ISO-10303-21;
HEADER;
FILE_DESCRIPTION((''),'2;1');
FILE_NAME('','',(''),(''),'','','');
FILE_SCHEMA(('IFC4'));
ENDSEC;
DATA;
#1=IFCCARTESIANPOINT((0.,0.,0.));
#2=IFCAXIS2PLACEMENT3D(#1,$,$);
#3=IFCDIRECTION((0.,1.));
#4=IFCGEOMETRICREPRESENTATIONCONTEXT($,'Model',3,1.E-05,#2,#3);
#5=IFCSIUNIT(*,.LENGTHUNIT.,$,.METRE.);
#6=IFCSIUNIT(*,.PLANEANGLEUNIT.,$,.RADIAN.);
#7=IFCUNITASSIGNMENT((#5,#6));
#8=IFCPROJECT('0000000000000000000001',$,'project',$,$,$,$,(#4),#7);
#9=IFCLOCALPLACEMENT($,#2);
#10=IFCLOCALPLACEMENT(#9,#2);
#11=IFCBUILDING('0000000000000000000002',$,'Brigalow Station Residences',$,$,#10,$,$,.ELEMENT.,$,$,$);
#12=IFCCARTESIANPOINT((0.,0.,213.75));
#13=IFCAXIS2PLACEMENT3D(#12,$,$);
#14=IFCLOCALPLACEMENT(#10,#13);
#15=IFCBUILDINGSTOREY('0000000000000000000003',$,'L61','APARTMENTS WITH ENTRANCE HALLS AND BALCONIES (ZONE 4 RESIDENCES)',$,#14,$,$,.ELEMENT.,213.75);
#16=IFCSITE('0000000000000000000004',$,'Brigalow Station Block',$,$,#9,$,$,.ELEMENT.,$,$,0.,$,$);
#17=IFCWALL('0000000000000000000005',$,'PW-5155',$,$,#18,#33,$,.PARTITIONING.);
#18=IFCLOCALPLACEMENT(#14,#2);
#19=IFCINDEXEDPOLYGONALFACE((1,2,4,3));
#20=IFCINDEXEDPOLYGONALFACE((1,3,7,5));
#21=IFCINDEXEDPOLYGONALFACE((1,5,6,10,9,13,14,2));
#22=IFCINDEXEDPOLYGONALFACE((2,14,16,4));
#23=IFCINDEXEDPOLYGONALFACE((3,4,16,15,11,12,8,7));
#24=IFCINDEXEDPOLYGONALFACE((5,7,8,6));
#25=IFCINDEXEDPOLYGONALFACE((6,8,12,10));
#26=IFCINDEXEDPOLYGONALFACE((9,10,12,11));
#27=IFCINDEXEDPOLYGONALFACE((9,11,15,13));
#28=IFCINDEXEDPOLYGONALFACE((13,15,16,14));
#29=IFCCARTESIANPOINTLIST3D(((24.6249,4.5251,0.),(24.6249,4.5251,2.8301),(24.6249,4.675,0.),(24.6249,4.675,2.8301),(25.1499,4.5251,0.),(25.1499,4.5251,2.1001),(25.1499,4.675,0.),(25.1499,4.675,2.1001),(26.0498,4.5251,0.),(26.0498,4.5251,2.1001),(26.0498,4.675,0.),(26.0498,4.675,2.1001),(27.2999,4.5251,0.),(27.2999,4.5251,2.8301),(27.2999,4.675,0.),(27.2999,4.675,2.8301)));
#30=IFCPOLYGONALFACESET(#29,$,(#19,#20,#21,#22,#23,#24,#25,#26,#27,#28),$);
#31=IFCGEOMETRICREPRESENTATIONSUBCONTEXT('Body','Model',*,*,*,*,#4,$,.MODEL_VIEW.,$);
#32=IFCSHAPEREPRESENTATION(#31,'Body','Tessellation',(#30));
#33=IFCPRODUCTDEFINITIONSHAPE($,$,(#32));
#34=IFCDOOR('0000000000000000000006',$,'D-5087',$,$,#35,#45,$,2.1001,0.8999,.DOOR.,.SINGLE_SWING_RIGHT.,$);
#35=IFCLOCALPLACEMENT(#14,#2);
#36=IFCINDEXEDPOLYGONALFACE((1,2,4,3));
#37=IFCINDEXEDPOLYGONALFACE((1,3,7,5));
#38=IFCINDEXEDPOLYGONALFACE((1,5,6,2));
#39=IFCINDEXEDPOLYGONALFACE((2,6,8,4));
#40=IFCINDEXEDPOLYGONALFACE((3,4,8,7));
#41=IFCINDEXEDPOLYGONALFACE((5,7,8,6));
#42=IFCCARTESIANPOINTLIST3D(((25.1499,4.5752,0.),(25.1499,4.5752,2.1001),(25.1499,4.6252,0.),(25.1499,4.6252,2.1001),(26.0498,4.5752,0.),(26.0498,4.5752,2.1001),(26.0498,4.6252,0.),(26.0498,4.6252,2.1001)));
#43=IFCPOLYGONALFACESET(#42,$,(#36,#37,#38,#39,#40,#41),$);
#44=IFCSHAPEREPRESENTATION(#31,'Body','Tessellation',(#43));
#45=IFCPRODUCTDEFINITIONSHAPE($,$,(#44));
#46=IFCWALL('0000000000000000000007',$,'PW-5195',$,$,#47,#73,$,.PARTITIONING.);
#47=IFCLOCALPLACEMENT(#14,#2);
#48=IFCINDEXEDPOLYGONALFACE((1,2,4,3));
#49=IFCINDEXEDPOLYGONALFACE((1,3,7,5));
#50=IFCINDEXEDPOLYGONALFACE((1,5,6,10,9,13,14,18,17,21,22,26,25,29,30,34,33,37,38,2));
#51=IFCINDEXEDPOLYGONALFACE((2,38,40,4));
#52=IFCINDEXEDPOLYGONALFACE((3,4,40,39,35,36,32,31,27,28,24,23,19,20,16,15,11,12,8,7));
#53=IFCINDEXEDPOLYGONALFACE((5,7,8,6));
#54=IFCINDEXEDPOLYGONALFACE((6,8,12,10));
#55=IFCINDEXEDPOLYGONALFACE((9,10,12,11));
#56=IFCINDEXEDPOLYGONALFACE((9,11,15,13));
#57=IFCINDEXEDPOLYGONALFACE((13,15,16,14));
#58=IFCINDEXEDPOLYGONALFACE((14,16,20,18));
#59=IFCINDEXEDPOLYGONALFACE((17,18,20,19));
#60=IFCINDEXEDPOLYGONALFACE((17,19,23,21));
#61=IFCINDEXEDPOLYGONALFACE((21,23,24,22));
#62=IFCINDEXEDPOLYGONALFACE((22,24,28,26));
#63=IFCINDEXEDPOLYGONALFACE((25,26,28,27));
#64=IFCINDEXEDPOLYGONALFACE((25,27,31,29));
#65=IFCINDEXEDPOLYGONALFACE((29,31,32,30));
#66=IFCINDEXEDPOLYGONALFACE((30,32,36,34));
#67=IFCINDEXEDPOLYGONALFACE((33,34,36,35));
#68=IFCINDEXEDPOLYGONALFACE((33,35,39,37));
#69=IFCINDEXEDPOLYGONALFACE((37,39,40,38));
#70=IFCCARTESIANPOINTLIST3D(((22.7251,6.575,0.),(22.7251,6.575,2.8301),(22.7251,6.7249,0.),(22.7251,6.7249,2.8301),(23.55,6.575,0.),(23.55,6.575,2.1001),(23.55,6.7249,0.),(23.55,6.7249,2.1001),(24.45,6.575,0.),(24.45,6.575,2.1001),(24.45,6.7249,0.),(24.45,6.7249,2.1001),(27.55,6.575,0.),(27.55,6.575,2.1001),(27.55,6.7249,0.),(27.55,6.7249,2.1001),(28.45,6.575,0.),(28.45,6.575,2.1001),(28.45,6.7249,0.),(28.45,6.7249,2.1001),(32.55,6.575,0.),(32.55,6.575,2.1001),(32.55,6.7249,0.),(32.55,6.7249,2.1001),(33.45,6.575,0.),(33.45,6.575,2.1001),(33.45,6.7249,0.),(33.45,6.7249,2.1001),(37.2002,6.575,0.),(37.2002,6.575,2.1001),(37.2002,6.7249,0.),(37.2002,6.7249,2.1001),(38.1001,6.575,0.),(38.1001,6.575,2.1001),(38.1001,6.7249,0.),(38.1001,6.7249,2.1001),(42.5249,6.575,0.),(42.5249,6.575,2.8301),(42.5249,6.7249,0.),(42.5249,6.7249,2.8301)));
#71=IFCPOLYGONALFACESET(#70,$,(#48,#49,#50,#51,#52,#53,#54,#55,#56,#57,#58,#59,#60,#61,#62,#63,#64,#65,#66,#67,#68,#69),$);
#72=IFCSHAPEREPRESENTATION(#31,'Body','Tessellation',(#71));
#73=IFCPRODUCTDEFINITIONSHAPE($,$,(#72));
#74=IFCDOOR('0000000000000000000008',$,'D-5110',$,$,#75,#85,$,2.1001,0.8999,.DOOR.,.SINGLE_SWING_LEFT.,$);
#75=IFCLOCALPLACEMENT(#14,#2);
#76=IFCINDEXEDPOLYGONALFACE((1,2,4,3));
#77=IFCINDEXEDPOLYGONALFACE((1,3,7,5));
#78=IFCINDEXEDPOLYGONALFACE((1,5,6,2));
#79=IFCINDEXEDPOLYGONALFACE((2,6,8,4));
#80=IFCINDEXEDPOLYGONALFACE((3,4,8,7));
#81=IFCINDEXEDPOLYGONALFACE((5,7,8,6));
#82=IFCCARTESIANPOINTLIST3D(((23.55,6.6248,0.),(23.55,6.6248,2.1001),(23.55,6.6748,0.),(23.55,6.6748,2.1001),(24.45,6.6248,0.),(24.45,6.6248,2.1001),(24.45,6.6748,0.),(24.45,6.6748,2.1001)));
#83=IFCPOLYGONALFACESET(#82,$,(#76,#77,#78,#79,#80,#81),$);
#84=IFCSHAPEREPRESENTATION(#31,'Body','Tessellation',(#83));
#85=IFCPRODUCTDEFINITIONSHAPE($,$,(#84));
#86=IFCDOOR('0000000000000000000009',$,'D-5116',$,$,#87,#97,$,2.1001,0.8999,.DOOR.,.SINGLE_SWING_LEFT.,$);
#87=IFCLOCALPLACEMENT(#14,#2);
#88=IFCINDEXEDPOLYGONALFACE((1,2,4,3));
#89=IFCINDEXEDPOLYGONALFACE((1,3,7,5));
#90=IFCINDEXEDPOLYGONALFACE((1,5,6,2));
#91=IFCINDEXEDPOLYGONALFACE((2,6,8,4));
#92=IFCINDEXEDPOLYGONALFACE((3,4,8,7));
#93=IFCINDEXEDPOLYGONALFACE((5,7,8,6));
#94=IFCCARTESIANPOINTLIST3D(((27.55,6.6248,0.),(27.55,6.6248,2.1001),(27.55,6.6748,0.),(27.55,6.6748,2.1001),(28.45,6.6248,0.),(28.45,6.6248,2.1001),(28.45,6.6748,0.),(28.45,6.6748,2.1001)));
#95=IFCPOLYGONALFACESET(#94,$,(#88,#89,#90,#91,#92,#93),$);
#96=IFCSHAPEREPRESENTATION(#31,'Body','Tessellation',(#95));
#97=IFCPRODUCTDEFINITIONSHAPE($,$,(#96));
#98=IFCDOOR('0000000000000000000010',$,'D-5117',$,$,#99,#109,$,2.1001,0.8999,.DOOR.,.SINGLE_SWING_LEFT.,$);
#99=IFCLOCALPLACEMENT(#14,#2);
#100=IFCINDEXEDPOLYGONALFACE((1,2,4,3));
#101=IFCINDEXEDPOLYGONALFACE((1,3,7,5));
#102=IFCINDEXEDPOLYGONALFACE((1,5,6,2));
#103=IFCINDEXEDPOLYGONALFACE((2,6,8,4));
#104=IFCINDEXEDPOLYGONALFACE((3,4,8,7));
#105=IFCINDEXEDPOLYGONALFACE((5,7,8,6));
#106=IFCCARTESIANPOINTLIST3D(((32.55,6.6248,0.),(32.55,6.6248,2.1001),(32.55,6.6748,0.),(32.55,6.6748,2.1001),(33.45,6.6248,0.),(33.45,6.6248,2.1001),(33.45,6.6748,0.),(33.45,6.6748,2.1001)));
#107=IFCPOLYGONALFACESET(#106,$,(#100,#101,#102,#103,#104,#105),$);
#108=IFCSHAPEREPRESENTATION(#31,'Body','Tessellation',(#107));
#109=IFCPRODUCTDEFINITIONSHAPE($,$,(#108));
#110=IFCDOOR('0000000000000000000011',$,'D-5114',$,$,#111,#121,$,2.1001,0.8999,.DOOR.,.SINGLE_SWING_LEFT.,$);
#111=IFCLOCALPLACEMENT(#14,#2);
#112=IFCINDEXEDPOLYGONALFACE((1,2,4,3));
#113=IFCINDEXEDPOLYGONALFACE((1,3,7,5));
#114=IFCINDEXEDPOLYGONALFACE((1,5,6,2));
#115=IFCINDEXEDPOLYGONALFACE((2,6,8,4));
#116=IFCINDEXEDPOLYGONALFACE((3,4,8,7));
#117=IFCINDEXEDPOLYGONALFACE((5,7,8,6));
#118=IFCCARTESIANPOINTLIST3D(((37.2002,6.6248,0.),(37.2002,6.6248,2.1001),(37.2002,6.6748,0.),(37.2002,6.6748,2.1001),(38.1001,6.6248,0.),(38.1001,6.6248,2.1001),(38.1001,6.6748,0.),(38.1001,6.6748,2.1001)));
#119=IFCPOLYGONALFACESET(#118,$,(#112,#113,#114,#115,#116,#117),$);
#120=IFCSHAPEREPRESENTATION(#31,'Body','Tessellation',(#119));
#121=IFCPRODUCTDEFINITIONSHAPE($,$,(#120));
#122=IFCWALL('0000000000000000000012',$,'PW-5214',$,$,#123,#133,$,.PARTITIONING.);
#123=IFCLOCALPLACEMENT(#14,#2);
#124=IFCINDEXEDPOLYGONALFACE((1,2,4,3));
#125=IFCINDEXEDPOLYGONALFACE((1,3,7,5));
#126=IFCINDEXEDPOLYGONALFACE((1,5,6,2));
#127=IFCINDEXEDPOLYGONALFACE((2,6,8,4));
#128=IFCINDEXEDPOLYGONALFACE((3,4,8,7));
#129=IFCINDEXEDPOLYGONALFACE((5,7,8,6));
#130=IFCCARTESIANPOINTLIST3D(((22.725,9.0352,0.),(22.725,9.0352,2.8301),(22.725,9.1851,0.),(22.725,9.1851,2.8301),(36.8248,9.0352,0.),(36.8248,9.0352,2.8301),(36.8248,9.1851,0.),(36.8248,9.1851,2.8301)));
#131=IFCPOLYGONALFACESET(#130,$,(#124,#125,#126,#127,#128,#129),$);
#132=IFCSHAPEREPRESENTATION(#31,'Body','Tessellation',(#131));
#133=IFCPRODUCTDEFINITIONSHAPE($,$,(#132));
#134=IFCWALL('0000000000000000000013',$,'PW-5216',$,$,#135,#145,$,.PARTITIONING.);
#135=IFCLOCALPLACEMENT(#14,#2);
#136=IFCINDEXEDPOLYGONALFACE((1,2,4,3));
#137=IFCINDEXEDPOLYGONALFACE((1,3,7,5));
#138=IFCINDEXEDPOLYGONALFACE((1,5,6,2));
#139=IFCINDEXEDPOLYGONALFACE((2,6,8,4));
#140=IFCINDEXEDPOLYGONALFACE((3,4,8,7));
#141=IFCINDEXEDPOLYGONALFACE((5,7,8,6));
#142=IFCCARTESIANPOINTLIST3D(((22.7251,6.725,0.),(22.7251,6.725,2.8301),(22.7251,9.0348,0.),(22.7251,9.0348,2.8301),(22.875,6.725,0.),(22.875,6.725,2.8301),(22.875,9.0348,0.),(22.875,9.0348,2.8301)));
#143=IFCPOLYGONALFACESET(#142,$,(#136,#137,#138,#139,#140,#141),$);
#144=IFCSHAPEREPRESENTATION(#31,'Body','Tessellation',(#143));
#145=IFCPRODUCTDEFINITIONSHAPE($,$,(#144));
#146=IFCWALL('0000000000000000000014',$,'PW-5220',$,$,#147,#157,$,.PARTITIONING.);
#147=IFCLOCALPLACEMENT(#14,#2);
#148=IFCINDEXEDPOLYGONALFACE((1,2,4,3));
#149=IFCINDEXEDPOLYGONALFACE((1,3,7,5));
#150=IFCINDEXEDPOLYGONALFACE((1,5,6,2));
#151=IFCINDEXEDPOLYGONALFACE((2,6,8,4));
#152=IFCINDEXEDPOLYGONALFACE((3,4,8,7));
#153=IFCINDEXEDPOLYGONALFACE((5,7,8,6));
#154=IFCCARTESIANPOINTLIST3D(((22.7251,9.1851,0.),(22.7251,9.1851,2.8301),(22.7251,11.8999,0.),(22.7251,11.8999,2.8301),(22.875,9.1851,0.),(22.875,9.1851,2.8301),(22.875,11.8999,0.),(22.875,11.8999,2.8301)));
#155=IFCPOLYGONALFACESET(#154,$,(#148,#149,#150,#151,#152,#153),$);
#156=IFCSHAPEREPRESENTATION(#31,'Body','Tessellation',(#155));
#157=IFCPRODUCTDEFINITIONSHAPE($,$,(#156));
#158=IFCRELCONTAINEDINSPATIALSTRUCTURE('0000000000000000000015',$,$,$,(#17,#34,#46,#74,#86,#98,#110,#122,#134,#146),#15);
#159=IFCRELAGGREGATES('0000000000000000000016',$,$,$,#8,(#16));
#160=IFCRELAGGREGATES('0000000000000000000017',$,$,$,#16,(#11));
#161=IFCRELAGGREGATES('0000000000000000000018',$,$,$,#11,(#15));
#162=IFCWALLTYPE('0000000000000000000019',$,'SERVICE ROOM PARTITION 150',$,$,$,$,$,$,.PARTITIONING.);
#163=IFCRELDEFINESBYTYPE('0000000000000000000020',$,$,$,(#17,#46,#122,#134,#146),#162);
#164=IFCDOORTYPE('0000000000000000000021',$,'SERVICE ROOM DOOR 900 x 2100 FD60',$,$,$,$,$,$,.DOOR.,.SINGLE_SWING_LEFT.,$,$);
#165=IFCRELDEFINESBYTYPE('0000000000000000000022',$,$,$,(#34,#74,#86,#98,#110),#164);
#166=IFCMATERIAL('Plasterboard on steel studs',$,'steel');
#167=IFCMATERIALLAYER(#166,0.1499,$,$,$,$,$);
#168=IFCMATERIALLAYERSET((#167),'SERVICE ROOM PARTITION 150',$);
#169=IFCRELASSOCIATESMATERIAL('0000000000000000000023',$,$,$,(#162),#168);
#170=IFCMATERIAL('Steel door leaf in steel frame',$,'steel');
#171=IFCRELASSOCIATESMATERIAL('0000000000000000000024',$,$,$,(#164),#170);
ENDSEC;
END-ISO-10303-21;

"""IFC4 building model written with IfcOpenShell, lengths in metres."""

from ifc_helpers import new_model, si_unit, direction, frame, frame_2d, origin, place, context, subcontext, project, spatial, rectangle, extrude, material, layer, layer_set, type_object, element, fill, save


model = new_model("IFC4")

# Units and contexts
model_context = context("Model", 3, precision=1e-05, world=origin(), true_north=direction((0.0, 1.0)))
body_context = subcontext(model_context, "Body", "Model", "MODEL_VIEW")
ifc_project = project(units=[si_unit("LENGTHUNIT", "METRE"), si_unit("PLANEANGLEUNIT", "RADIAN")], contexts=[model_context])

# Site, building, storey
site_placement = place(None, origin())
site = spatial("IfcSite", under=ifc_project, at=site_placement, Name="Brigalow Station Block", CompositionType="ELEMENT", RefElevation=0.0)
building_placement = place(site_placement, origin())
building = spatial("IfcBuilding", under=site, at=building_placement, Name="Brigalow Station Residences", CompositionType="ELEMENT")
storey_placement = place(building_placement, frame((0.0, 0.0, 213.75)))
storey = spatial("IfcBuildingStorey", under=building, at=storey_placement, Name="L61", Description="APARTMENTS WITH ENTRANCE HALLS AND BALCONIES (ZONE 4 RESIDENCES)", CompositionType="ELEMENT", Elevation=213.75)

# Wall, opening, door
ifc_material_1 = material(Name="Plasterboard on steel studs", Category="steel")
ifc_layer = layer(ifc_material_1, 0.1499)
ifc_layer_set = layer_set([ifc_layer], Name="SERVICE ROOM PARTITION 150")
wall_type = type_object("IfcWallType", Name="SERVICE ROOM PARTITION 150", PredefinedType="PARTITIONING", material=ifc_layer_set)
wall_1_placement = place(storey_placement, frame((24.625, 4.6001, 0.0), z_axis=(0.0, 0.0, 1.0), x_axis=(1.0, 0.0, 0.0)))
wall_1 = element("IfcWall", 1, at=wall_1_placement, inside=storey, type_object=wall_type, Name="PW-5155", PredefinedType="PARTITIONING", context=body_context, shape_type="SweptSolid", body=[
    extrude(rectangle(XDim=2.675, YDim=0.1499, at=frame_2d((1.3374, 0.0))), origin(), (0.0, 0.0, 1.0), 2.8301),
])
opening_1_placement = place(wall_1_placement, frame((0.5249, 0.0, 0.0)))
opening_1 = element("IfcOpeningElement", 2, at=opening_1_placement, cuts=wall_1, PredefinedType="OPENING", context=body_context, shape_type="SweptSolid", body=[
    extrude(rectangle(XDim=0.8999, YDim=2.1001, at=frame_2d((0.45, 1.05))), frame((0.0, 0.085, 0.0), z_axis=(0.0, -1.0, 0.0), x_axis=(1.0, 0.0, 0.0)), (0.0, 0.0, 1.0), 0.1699),
])
ifc_material_2 = material(Name="Steel door leaf in steel frame", Category="steel")
door_type = type_object("IfcDoorType", Name="SERVICE ROOM DOOR 900 x 2100 FD60", OperationType="SINGLE_SWING_LEFT", PredefinedType="DOOR", material=ifc_material_2)
door_1_placement = place(opening_1_placement, frame((0.8999, 0.0, 0.0), z_axis=(0.0, 0.0, 1.0), x_axis=(-1.0, 0.0, 0.0)))
door_1 = element("IfcDoor", 3, at=door_1_placement, inside=storey, type_object=door_type, Name="D-5087", OperationType="SINGLE_SWING_RIGHT", OverallHeight=2.1001, OverallWidth=0.8999, PredefinedType="DOOR", context=body_context, shape_type="SweptSolid", body=[
    extrude(rectangle(XDim=0.8999, YDim=2.1001, at=frame_2d((0.45, 1.05))), frame((0.0, 0.0249, 0.0), z_axis=(0.0, -1.0, 0.0), x_axis=(1.0, 0.0, 0.0)), (0.0, 0.0, 1.0), 0.05),
])
fill(opening_1, door_1)

# Wall, openings, doors
wall_2_placement = place(storey_placement, frame((22.7251, 6.6499, 0.0), z_axis=(0.0, 0.0, 1.0), x_axis=(1.0, 0.0, 0.0)))
wall_2 = element("IfcWall", 4, at=wall_2_placement, inside=storey, type_object=wall_type, Name="PW-5195", PredefinedType="PARTITIONING", context=body_context, shape_type="SweptSolid", body=[
    extrude(rectangle(XDim=19.7998, YDim=0.1499, at=frame_2d((9.8999, 0.0))), origin(), (0.0, 0.0, 1.0), 2.8301),
])
opening_2_placement = place(wall_2_placement, frame((0.825, 0.0, 0.0)))
opening_2 = element("IfcOpeningElement", 5, at=opening_2_placement, cuts=wall_2, PredefinedType="OPENING", context=body_context, shape_type="SweptSolid", body=[
    extrude(rectangle(XDim=0.8999, YDim=2.1001, at=frame_2d((0.45, 1.05))), frame((0.0, 0.085, 0.0), z_axis=(0.0, -1.0, 0.0), x_axis=(1.0, 0.0, 0.0)), (0.0, 0.0, 1.0), 0.1699),
])
opening_3_placement = place(wall_2_placement, frame((4.825, 0.0, 0.0)))
opening_3 = element("IfcOpeningElement", 6, at=opening_3_placement, cuts=wall_2, PredefinedType="OPENING", context=body_context, shape_type="SweptSolid", body=[
    extrude(rectangle(XDim=0.8999, YDim=2.1001, at=frame_2d((0.45, 1.05))), frame((0.0, 0.085, 0.0), z_axis=(0.0, -1.0, 0.0), x_axis=(1.0, 0.0, 0.0)), (0.0, 0.0, 1.0), 0.1699),
])
opening_4_placement = place(wall_2_placement, frame((9.825, 0.0, 0.0)))
opening_4 = element("IfcOpeningElement", 7, at=opening_4_placement, cuts=wall_2, PredefinedType="OPENING", context=body_context, shape_type="SweptSolid", body=[
    extrude(rectangle(XDim=0.8999, YDim=2.1001, at=frame_2d((0.45, 1.05))), frame((0.0, 0.085, 0.0), z_axis=(0.0, -1.0, 0.0), x_axis=(1.0, 0.0, 0.0)), (0.0, 0.0, 1.0), 0.1699),
])
opening_5_placement = place(wall_2_placement, frame((14.4751, 0.0, 0.0)))
opening_5 = element("IfcOpeningElement", 8, at=opening_5_placement, cuts=wall_2, PredefinedType="OPENING", context=body_context, shape_type="SweptSolid", body=[
    extrude(rectangle(XDim=0.8999, YDim=2.1001, at=frame_2d((0.45, 1.05))), frame((0.0, 0.085, 0.0), z_axis=(0.0, -1.0, 0.0), x_axis=(1.0, 0.0, 0.0)), (0.0, 0.0, 1.0), 0.1699),
])
door_2_placement = place(opening_2_placement, origin())
door_2 = element("IfcDoor", 9, at=door_2_placement, inside=storey, type_object=door_type, Name="D-5110", OperationType="SINGLE_SWING_LEFT", OverallHeight=2.1001, OverallWidth=0.8999, PredefinedType="DOOR", context=body_context, shape_type="SweptSolid", body=[
    extrude(rectangle(XDim=0.8999, YDim=2.1001, at=frame_2d((0.45, 1.05))), frame((0.0, 0.0249, 0.0), z_axis=(0.0, -1.0, 0.0), x_axis=(1.0, 0.0, 0.0)), (0.0, 0.0, 1.0), 0.05),
])
fill(opening_2, door_2)
door_3_placement = place(opening_3_placement, origin())
door_3 = element("IfcDoor", 10, at=door_3_placement, inside=storey, type_object=door_type, Name="D-5116", OperationType="SINGLE_SWING_LEFT", OverallHeight=2.1001, OverallWidth=0.8999, PredefinedType="DOOR", context=body_context, shape_type="SweptSolid", body=[
    extrude(rectangle(XDim=0.8999, YDim=2.1001, at=frame_2d((0.45, 1.05))), frame((0.0, 0.0249, 0.0), z_axis=(0.0, -1.0, 0.0), x_axis=(1.0, 0.0, 0.0)), (0.0, 0.0, 1.0), 0.05),
])
fill(opening_3, door_3)
door_4_placement = place(opening_4_placement, origin())
door_4 = element("IfcDoor", 11, at=door_4_placement, inside=storey, type_object=door_type, Name="D-5117", OperationType="SINGLE_SWING_LEFT", OverallHeight=2.1001, OverallWidth=0.8999, PredefinedType="DOOR", context=body_context, shape_type="SweptSolid", body=[
    extrude(rectangle(XDim=0.8999, YDim=2.1001, at=frame_2d((0.45, 1.05))), frame((0.0, 0.0249, 0.0), z_axis=(0.0, -1.0, 0.0), x_axis=(1.0, 0.0, 0.0)), (0.0, 0.0, 1.0), 0.05),
])
fill(opening_4, door_4)
door_5_placement = place(opening_5_placement, origin())
door_5 = element("IfcDoor", 12, at=door_5_placement, inside=storey, type_object=door_type, Name="D-5114", OperationType="SINGLE_SWING_LEFT", OverallHeight=2.1001, OverallWidth=0.8999, PredefinedType="DOOR", context=body_context, shape_type="SweptSolid", body=[
    extrude(rectangle(XDim=0.8999, YDim=2.1001, at=frame_2d((0.45, 1.05))), frame((0.0, 0.0249, 0.0), z_axis=(0.0, -1.0, 0.0), x_axis=(1.0, 0.0, 0.0)), (0.0, 0.0, 1.0), 0.05),
])
fill(opening_5, door_5)

# Walls
wall_3_placement = place(storey_placement, frame((22.7251, 9.1101, 0.0), z_axis=(0.0, 0.0, 1.0), x_axis=(1.0, 0.0, 0.0)))
element("IfcWall", 13, at=wall_3_placement, inside=storey, type_object=wall_type, Name="PW-5214", PredefinedType="PARTITIONING", context=body_context, shape_type="SweptSolid", body=[
    extrude(rectangle(XDim=14.0999, YDim=0.1499, at=frame_2d((7.0498, 0.0))), origin(), (0.0, 0.0, 1.0), 2.8301),
])
wall_4_placement = place(storey_placement, frame((22.8, 6.7251, 0.0), z_axis=(0.0, 0.0, 1.0), x_axis=(0.0, 1.0, 0.0)))
element("IfcWall", 14, at=wall_4_placement, inside=storey, type_object=wall_type, Name="PW-5216", PredefinedType="PARTITIONING", context=body_context, shape_type="SweptSolid", body=[
    extrude(rectangle(XDim=2.3098, YDim=0.1499, at=frame_2d((1.1548, 0.0))), origin(), (0.0, 0.0, 1.0), 2.8301),
])
wall_5_placement = place(storey_placement, frame((22.8, 9.1851, 0.0), z_axis=(0.0, 0.0, 1.0), x_axis=(0.0, 1.0, 0.0)))
element("IfcWall", 15, at=wall_5_placement, inside=storey, type_object=wall_type, Name="PW-5220", PredefinedType="PARTITIONING", context=body_context, shape_type="SweptSolid", body=[
    extrude(rectangle(XDim=2.7148, YDim=0.1499, at=frame_2d((1.3574, 0.0))), origin(), (0.0, 0.0, 1.0), 2.8301),
])

save(model, "model.ifc")
